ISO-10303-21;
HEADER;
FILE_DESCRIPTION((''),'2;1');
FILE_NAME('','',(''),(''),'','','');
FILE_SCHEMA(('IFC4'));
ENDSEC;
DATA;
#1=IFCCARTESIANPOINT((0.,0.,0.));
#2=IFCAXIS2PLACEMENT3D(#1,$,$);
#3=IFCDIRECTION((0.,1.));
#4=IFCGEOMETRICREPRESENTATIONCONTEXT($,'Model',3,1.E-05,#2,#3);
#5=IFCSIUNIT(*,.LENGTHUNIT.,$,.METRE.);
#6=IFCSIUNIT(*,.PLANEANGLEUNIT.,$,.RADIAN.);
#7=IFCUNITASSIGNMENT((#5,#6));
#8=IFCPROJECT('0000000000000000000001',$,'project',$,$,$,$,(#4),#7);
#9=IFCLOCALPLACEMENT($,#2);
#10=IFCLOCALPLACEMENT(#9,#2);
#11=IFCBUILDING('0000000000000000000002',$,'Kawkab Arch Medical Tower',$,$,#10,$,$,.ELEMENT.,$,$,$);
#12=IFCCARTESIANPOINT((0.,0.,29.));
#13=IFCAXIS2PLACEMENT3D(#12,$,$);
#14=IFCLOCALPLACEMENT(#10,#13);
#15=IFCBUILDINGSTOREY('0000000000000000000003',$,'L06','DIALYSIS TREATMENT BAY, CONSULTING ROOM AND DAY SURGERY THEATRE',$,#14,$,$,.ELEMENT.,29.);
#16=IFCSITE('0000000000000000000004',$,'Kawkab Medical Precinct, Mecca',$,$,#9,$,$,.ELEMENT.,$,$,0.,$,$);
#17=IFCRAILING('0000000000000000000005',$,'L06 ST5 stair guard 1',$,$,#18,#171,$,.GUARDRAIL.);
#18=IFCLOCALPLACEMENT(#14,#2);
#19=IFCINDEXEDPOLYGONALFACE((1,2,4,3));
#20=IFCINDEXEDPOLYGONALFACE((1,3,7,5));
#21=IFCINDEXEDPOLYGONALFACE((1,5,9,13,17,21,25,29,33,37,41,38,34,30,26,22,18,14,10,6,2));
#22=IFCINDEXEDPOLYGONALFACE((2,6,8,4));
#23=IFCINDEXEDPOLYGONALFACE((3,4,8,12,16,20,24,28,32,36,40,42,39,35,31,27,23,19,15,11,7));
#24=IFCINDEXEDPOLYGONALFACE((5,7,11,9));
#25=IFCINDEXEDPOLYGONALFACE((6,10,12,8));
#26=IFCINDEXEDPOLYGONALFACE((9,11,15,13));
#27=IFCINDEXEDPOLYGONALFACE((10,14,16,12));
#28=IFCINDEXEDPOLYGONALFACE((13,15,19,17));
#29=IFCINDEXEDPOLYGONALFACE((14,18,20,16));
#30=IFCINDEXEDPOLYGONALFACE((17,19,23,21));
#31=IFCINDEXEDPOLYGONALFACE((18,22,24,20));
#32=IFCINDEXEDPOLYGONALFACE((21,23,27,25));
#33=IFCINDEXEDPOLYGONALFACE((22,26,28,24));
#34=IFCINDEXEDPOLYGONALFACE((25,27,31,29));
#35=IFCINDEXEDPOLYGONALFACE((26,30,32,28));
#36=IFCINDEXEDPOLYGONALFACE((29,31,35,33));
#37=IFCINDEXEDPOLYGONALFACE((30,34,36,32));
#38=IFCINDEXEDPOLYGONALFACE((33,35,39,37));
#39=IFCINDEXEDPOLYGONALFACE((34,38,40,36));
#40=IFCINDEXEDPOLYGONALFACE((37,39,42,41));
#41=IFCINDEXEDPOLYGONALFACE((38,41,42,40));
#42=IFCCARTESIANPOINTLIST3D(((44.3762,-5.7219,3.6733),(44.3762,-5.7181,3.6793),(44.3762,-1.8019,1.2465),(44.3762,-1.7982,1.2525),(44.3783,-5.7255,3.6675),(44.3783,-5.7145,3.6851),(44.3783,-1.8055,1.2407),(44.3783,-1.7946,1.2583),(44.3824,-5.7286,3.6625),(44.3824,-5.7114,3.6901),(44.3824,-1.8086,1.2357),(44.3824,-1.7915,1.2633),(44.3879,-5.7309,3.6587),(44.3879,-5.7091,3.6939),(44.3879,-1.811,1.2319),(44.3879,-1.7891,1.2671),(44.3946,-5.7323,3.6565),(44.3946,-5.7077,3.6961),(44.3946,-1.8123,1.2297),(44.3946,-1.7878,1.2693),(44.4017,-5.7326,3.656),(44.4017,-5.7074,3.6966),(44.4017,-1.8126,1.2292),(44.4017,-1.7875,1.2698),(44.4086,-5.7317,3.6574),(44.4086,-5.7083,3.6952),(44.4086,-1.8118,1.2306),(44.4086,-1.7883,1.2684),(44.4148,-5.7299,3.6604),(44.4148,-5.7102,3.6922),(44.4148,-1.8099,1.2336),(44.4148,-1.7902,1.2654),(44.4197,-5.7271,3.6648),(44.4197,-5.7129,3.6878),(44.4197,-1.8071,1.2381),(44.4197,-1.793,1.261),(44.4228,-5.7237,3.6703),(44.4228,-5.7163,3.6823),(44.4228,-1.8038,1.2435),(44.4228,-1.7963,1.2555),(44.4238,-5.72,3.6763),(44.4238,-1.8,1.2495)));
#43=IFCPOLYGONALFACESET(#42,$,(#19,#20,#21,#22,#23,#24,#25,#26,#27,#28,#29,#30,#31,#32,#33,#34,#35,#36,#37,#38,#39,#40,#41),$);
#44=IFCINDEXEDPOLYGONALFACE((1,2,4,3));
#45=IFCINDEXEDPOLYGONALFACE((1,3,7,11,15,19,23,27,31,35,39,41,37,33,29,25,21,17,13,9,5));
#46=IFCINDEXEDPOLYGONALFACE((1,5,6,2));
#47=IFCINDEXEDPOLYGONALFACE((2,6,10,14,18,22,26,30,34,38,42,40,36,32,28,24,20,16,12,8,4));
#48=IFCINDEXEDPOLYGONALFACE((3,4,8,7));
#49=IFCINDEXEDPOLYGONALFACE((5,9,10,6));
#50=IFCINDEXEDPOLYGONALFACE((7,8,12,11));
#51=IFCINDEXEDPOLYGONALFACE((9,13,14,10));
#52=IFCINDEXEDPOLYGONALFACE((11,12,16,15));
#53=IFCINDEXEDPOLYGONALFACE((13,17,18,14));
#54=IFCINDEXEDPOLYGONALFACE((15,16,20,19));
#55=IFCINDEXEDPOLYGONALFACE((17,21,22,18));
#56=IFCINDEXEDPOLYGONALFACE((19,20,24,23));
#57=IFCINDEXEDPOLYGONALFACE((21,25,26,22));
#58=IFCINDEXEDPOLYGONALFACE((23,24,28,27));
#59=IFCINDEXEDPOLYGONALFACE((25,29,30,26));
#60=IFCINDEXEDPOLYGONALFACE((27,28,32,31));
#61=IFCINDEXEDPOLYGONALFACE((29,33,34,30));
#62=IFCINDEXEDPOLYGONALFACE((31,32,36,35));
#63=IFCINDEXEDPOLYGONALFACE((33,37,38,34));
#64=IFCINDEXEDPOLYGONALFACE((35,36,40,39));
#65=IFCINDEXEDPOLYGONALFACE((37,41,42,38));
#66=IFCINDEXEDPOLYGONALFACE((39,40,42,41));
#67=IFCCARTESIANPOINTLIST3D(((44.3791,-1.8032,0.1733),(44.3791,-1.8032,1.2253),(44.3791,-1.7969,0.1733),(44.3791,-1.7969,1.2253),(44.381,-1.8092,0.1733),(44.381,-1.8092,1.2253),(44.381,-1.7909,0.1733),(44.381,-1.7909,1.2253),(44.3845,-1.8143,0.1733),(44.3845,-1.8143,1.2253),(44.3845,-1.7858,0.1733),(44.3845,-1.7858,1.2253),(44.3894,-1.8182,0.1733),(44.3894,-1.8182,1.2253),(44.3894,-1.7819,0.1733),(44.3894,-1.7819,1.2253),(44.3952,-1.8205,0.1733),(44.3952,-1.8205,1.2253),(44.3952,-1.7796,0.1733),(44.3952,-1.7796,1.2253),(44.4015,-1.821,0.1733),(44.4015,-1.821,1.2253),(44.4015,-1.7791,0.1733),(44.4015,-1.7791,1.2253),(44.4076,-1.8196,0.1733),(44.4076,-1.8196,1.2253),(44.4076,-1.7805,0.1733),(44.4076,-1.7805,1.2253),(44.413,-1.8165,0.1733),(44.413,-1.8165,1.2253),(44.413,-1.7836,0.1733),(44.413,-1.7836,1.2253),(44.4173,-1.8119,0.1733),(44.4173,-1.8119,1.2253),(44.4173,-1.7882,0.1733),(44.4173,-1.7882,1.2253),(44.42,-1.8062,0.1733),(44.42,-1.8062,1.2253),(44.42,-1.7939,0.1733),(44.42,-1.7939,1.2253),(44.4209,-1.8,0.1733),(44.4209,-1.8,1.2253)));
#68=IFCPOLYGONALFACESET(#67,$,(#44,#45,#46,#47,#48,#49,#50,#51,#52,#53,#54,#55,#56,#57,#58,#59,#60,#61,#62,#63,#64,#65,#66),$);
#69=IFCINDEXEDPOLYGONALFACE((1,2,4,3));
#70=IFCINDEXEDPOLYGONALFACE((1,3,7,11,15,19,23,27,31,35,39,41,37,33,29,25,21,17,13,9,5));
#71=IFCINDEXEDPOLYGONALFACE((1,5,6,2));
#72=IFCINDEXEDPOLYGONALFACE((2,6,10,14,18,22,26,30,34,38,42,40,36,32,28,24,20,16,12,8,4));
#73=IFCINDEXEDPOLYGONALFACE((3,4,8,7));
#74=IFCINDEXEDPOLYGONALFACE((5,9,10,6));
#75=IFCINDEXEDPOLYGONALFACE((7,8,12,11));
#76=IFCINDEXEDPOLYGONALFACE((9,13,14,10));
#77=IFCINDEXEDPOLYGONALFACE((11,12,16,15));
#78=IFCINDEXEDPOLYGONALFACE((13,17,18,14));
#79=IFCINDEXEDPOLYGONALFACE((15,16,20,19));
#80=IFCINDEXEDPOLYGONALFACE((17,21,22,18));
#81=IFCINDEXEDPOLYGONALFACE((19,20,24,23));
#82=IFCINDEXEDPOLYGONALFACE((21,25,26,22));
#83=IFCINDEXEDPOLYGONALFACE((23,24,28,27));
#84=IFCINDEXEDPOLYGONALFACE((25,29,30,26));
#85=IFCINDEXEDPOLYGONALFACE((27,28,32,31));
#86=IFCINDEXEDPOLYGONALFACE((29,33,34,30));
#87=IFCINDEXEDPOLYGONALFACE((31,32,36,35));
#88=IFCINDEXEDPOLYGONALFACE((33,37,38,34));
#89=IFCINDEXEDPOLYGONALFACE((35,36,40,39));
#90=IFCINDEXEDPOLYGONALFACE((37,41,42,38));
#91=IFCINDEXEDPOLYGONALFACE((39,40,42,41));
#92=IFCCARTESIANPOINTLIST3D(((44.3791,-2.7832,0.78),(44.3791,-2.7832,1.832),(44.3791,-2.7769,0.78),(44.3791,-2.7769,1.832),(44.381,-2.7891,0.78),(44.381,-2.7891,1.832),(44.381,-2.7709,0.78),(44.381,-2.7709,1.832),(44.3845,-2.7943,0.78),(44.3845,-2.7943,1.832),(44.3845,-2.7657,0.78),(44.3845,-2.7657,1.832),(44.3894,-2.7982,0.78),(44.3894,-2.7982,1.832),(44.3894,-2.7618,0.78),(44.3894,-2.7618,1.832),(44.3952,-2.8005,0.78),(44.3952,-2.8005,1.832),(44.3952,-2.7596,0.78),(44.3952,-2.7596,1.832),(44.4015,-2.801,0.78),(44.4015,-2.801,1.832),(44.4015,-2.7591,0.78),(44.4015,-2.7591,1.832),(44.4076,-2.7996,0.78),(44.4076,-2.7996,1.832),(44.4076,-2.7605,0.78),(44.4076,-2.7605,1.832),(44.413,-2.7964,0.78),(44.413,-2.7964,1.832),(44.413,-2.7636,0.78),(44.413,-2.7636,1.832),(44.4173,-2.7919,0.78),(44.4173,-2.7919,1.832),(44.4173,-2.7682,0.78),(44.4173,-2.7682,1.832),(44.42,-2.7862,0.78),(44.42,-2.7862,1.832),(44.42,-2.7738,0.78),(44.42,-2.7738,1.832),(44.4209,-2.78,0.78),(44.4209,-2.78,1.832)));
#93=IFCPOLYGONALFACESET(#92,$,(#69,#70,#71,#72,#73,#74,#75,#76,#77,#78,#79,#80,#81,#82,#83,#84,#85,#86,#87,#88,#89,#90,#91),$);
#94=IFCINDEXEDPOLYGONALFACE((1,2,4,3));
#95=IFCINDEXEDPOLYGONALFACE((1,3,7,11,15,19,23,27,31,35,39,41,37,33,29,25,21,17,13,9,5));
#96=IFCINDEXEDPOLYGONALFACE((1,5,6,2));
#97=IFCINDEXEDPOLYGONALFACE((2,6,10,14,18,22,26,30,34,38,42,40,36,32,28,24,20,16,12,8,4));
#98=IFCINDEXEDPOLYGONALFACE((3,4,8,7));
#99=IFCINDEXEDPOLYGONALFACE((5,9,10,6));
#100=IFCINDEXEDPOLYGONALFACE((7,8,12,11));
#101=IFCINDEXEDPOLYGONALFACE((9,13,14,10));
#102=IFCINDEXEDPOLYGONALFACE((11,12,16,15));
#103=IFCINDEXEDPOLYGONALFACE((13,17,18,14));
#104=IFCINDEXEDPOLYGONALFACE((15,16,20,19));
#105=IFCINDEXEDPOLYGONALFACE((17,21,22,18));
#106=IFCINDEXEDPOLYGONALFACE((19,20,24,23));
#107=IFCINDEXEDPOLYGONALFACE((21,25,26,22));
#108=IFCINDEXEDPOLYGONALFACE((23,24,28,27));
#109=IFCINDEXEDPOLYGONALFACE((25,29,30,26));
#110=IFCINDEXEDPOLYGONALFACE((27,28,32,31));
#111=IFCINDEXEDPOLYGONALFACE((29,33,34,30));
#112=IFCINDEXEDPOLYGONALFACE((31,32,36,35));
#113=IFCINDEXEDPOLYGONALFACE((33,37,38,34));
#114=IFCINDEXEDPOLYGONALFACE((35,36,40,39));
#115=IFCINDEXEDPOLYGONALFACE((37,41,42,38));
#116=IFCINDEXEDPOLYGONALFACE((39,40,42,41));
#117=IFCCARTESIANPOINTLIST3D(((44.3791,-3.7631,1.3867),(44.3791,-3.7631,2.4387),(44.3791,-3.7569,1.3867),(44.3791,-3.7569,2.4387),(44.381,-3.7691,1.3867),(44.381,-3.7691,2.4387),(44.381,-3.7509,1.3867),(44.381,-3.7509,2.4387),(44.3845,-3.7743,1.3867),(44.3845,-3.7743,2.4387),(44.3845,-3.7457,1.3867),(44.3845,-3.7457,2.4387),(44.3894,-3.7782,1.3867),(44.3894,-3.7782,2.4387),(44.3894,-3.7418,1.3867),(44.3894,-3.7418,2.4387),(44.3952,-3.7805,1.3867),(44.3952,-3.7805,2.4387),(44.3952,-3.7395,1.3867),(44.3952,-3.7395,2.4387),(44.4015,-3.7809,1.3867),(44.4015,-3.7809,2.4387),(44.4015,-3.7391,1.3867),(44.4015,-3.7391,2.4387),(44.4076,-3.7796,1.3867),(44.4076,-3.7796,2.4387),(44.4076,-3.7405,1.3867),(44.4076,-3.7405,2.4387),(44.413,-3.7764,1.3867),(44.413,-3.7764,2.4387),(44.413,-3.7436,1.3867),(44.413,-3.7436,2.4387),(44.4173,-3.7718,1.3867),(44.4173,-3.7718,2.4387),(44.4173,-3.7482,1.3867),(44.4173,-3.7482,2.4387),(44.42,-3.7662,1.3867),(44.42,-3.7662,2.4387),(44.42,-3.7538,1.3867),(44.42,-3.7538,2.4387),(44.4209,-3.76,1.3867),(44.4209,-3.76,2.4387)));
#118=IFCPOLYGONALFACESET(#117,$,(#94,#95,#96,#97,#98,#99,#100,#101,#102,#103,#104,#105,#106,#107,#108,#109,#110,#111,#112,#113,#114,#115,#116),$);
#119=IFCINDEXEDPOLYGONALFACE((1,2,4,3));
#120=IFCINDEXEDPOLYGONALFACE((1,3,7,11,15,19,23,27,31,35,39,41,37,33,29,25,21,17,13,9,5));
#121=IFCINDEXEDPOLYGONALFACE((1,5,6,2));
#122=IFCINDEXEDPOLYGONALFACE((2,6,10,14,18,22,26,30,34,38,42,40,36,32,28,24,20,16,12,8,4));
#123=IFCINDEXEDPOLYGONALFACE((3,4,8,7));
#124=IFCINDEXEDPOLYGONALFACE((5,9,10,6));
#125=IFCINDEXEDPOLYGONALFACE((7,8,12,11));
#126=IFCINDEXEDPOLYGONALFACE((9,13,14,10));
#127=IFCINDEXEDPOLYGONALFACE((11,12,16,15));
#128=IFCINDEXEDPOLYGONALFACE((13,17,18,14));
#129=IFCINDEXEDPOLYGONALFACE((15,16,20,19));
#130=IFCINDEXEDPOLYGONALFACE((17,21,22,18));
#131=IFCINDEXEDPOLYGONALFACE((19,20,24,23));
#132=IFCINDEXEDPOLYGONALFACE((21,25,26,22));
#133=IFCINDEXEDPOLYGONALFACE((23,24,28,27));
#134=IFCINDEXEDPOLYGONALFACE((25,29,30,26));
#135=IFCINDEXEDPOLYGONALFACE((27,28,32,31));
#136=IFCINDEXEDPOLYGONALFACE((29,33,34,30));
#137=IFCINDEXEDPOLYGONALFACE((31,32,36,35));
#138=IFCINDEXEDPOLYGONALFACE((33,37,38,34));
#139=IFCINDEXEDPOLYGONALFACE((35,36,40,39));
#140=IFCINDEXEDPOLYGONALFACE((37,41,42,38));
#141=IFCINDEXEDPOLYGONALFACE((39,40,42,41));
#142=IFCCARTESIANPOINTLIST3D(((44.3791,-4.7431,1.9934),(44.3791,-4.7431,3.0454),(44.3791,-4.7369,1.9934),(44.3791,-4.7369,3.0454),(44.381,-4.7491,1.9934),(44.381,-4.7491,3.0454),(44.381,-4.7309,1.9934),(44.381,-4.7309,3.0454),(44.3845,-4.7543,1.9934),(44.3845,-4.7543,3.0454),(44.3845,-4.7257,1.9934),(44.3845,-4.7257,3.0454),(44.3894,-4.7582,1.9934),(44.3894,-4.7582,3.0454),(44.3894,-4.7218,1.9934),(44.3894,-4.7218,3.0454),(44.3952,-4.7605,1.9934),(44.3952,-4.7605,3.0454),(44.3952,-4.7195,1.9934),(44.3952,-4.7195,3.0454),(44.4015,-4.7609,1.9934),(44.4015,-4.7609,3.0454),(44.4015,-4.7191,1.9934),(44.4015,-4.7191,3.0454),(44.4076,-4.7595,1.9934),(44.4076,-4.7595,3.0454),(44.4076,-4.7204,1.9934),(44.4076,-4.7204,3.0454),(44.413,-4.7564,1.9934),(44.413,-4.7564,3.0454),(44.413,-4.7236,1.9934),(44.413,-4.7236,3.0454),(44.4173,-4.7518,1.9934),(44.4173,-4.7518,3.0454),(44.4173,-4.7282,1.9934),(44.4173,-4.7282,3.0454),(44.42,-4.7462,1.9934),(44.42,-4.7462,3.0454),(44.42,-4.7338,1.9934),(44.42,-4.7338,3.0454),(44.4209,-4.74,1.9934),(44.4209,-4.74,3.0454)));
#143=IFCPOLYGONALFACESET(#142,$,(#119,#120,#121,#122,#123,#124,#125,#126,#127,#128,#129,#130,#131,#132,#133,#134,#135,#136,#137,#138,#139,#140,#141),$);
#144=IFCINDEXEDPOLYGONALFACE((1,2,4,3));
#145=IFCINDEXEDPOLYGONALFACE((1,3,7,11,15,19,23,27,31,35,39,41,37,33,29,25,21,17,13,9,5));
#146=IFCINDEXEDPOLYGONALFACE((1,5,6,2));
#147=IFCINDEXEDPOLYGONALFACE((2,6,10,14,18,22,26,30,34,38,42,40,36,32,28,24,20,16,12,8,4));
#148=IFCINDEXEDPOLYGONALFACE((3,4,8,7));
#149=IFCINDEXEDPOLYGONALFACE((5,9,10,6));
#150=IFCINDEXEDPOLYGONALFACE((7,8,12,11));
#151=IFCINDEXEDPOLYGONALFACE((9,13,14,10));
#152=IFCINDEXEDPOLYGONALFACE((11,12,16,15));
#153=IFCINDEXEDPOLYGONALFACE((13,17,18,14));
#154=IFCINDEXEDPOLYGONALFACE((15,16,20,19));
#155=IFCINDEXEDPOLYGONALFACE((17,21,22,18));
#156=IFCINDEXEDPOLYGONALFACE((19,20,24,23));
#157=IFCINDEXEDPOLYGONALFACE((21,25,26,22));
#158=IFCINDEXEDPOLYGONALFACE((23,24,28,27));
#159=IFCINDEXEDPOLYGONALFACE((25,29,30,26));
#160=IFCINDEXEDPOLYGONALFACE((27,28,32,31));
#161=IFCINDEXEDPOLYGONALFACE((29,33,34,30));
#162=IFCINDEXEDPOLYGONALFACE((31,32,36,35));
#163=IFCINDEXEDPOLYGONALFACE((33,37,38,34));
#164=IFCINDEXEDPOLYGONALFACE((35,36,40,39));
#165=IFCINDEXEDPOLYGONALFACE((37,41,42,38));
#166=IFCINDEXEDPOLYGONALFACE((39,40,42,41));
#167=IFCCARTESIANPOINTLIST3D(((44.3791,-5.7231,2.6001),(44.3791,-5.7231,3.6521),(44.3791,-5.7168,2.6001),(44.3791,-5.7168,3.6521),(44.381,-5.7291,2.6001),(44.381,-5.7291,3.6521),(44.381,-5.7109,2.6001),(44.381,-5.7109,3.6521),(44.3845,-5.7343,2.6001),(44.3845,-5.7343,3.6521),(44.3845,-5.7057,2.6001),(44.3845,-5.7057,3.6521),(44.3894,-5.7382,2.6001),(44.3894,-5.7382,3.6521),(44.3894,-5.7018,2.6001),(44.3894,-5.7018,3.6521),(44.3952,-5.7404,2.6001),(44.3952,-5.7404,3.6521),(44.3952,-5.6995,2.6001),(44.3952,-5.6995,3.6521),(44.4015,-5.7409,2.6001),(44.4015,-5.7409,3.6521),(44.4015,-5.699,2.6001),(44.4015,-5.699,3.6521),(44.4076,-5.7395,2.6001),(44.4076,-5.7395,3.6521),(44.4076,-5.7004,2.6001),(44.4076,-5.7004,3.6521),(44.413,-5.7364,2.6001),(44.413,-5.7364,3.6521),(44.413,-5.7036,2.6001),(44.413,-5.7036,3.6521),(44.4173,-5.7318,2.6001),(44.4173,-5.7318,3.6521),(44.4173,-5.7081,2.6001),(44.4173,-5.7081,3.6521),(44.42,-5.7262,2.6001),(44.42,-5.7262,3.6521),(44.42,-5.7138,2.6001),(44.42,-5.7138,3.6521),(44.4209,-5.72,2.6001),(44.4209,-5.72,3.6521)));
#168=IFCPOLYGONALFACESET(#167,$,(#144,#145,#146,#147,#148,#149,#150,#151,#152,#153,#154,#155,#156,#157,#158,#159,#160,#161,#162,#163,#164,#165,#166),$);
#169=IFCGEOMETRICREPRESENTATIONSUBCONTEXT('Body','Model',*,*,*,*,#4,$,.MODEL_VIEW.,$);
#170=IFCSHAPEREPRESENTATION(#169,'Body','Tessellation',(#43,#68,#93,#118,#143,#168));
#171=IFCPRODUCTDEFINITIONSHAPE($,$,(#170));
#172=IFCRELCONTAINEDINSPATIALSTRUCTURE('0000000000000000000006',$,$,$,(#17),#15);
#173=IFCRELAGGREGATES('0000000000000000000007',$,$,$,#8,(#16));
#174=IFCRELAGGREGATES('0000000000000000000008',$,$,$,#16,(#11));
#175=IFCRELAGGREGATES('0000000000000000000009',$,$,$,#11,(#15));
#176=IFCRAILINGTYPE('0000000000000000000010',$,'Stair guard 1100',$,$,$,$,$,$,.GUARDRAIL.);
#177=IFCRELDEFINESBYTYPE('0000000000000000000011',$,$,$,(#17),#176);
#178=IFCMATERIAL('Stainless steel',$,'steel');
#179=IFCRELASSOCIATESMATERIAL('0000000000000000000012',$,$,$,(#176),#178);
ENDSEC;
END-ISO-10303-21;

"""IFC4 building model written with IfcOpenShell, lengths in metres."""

from ifc_helpers import new_model, si_unit, direction, frame, origin, origin_2d, place, context, subcontext, project, spatial, circle, extrude, material, type_object, element, save


model = new_model("IFC4")

# Units and contexts
model_context = context("Model", 3, precision=1e-05, world=origin(), true_north=direction((0.0, 1.0)))
body_context = subcontext(model_context, "Body", "Model", "MODEL_VIEW")
ifc_project = project(units=[si_unit("LENGTHUNIT", "METRE"), si_unit("PLANEANGLEUNIT", "RADIAN")], contexts=[model_context])

# Site, building, storey
site_placement = place(None, origin())
site = spatial("IfcSite", under=ifc_project, at=site_placement, Name="Kawkab Medical Precinct, Mecca", CompositionType="ELEMENT", RefElevation=0.0)
building_placement = place(site_placement, origin())
building = spatial("IfcBuilding", under=site, at=building_placement, Name="Kawkab Arch Medical Tower", CompositionType="ELEMENT")
storey_placement = place(building_placement, frame((0.0, 0.0, 29.0)))
storey = spatial("IfcBuildingStorey", under=building, at=storey_placement, Name="L06", Description="DIALYSIS TREATMENT BAY, CONSULTING ROOM AND DAY SURGERY THEATRE", CompositionType="ELEMENT", Elevation=29.0)

# Railing
ifc_material_1 = material(Name="Stainless steel", Category="steel")
railing_type = type_object("IfcRailingType", Name="Stair guard 1100", PredefinedType="GUARDRAIL", material=ifc_material_1)
railing_placement = place(storey_placement, frame((44.3999, -1.8, 0.1733)))
element("IfcRailing", 1, at=railing_placement, inside=storey, type_object=railing_type, Name="L06 ST5 stair guard 1", PredefinedType="GUARDRAIL", context=body_context, shape_type="SweptSolid", body=[
    extrude(circle(Radius=0.0239, at=origin_2d()), frame((0.0, 0.0, 1.0762), z_axis=(0.0, -0.850252, 0.526376), x_axis=(1.0, 0.0, 0.0)), (0.0, 0.0, 1.0), 4.6104),
    extrude(circle(Radius=0.021, at=origin_2d()), origin(), (0.0, 0.0, 1.0), 1.052),
    extrude(circle(Radius=0.021, at=origin_2d()), frame((0.0, -0.98, 0.6067)), (0.0, 0.0, 1.0), 1.052),
    extrude(circle(Radius=0.021, at=origin_2d()), frame((0.0, -1.96, 1.2134)), (0.0, 0.0, 1.0), 1.052),
    extrude(circle(Radius=0.021, at=origin_2d()), frame((0.0, -2.9399, 1.8201)), (0.0, 0.0, 1.0), 1.052),
    extrude(circle(Radius=0.021, at=origin_2d()), frame((0.0, -3.9199, 2.4268)), (0.0, 0.0, 1.0), 1.052),
])

save(model, "model.ifc")
